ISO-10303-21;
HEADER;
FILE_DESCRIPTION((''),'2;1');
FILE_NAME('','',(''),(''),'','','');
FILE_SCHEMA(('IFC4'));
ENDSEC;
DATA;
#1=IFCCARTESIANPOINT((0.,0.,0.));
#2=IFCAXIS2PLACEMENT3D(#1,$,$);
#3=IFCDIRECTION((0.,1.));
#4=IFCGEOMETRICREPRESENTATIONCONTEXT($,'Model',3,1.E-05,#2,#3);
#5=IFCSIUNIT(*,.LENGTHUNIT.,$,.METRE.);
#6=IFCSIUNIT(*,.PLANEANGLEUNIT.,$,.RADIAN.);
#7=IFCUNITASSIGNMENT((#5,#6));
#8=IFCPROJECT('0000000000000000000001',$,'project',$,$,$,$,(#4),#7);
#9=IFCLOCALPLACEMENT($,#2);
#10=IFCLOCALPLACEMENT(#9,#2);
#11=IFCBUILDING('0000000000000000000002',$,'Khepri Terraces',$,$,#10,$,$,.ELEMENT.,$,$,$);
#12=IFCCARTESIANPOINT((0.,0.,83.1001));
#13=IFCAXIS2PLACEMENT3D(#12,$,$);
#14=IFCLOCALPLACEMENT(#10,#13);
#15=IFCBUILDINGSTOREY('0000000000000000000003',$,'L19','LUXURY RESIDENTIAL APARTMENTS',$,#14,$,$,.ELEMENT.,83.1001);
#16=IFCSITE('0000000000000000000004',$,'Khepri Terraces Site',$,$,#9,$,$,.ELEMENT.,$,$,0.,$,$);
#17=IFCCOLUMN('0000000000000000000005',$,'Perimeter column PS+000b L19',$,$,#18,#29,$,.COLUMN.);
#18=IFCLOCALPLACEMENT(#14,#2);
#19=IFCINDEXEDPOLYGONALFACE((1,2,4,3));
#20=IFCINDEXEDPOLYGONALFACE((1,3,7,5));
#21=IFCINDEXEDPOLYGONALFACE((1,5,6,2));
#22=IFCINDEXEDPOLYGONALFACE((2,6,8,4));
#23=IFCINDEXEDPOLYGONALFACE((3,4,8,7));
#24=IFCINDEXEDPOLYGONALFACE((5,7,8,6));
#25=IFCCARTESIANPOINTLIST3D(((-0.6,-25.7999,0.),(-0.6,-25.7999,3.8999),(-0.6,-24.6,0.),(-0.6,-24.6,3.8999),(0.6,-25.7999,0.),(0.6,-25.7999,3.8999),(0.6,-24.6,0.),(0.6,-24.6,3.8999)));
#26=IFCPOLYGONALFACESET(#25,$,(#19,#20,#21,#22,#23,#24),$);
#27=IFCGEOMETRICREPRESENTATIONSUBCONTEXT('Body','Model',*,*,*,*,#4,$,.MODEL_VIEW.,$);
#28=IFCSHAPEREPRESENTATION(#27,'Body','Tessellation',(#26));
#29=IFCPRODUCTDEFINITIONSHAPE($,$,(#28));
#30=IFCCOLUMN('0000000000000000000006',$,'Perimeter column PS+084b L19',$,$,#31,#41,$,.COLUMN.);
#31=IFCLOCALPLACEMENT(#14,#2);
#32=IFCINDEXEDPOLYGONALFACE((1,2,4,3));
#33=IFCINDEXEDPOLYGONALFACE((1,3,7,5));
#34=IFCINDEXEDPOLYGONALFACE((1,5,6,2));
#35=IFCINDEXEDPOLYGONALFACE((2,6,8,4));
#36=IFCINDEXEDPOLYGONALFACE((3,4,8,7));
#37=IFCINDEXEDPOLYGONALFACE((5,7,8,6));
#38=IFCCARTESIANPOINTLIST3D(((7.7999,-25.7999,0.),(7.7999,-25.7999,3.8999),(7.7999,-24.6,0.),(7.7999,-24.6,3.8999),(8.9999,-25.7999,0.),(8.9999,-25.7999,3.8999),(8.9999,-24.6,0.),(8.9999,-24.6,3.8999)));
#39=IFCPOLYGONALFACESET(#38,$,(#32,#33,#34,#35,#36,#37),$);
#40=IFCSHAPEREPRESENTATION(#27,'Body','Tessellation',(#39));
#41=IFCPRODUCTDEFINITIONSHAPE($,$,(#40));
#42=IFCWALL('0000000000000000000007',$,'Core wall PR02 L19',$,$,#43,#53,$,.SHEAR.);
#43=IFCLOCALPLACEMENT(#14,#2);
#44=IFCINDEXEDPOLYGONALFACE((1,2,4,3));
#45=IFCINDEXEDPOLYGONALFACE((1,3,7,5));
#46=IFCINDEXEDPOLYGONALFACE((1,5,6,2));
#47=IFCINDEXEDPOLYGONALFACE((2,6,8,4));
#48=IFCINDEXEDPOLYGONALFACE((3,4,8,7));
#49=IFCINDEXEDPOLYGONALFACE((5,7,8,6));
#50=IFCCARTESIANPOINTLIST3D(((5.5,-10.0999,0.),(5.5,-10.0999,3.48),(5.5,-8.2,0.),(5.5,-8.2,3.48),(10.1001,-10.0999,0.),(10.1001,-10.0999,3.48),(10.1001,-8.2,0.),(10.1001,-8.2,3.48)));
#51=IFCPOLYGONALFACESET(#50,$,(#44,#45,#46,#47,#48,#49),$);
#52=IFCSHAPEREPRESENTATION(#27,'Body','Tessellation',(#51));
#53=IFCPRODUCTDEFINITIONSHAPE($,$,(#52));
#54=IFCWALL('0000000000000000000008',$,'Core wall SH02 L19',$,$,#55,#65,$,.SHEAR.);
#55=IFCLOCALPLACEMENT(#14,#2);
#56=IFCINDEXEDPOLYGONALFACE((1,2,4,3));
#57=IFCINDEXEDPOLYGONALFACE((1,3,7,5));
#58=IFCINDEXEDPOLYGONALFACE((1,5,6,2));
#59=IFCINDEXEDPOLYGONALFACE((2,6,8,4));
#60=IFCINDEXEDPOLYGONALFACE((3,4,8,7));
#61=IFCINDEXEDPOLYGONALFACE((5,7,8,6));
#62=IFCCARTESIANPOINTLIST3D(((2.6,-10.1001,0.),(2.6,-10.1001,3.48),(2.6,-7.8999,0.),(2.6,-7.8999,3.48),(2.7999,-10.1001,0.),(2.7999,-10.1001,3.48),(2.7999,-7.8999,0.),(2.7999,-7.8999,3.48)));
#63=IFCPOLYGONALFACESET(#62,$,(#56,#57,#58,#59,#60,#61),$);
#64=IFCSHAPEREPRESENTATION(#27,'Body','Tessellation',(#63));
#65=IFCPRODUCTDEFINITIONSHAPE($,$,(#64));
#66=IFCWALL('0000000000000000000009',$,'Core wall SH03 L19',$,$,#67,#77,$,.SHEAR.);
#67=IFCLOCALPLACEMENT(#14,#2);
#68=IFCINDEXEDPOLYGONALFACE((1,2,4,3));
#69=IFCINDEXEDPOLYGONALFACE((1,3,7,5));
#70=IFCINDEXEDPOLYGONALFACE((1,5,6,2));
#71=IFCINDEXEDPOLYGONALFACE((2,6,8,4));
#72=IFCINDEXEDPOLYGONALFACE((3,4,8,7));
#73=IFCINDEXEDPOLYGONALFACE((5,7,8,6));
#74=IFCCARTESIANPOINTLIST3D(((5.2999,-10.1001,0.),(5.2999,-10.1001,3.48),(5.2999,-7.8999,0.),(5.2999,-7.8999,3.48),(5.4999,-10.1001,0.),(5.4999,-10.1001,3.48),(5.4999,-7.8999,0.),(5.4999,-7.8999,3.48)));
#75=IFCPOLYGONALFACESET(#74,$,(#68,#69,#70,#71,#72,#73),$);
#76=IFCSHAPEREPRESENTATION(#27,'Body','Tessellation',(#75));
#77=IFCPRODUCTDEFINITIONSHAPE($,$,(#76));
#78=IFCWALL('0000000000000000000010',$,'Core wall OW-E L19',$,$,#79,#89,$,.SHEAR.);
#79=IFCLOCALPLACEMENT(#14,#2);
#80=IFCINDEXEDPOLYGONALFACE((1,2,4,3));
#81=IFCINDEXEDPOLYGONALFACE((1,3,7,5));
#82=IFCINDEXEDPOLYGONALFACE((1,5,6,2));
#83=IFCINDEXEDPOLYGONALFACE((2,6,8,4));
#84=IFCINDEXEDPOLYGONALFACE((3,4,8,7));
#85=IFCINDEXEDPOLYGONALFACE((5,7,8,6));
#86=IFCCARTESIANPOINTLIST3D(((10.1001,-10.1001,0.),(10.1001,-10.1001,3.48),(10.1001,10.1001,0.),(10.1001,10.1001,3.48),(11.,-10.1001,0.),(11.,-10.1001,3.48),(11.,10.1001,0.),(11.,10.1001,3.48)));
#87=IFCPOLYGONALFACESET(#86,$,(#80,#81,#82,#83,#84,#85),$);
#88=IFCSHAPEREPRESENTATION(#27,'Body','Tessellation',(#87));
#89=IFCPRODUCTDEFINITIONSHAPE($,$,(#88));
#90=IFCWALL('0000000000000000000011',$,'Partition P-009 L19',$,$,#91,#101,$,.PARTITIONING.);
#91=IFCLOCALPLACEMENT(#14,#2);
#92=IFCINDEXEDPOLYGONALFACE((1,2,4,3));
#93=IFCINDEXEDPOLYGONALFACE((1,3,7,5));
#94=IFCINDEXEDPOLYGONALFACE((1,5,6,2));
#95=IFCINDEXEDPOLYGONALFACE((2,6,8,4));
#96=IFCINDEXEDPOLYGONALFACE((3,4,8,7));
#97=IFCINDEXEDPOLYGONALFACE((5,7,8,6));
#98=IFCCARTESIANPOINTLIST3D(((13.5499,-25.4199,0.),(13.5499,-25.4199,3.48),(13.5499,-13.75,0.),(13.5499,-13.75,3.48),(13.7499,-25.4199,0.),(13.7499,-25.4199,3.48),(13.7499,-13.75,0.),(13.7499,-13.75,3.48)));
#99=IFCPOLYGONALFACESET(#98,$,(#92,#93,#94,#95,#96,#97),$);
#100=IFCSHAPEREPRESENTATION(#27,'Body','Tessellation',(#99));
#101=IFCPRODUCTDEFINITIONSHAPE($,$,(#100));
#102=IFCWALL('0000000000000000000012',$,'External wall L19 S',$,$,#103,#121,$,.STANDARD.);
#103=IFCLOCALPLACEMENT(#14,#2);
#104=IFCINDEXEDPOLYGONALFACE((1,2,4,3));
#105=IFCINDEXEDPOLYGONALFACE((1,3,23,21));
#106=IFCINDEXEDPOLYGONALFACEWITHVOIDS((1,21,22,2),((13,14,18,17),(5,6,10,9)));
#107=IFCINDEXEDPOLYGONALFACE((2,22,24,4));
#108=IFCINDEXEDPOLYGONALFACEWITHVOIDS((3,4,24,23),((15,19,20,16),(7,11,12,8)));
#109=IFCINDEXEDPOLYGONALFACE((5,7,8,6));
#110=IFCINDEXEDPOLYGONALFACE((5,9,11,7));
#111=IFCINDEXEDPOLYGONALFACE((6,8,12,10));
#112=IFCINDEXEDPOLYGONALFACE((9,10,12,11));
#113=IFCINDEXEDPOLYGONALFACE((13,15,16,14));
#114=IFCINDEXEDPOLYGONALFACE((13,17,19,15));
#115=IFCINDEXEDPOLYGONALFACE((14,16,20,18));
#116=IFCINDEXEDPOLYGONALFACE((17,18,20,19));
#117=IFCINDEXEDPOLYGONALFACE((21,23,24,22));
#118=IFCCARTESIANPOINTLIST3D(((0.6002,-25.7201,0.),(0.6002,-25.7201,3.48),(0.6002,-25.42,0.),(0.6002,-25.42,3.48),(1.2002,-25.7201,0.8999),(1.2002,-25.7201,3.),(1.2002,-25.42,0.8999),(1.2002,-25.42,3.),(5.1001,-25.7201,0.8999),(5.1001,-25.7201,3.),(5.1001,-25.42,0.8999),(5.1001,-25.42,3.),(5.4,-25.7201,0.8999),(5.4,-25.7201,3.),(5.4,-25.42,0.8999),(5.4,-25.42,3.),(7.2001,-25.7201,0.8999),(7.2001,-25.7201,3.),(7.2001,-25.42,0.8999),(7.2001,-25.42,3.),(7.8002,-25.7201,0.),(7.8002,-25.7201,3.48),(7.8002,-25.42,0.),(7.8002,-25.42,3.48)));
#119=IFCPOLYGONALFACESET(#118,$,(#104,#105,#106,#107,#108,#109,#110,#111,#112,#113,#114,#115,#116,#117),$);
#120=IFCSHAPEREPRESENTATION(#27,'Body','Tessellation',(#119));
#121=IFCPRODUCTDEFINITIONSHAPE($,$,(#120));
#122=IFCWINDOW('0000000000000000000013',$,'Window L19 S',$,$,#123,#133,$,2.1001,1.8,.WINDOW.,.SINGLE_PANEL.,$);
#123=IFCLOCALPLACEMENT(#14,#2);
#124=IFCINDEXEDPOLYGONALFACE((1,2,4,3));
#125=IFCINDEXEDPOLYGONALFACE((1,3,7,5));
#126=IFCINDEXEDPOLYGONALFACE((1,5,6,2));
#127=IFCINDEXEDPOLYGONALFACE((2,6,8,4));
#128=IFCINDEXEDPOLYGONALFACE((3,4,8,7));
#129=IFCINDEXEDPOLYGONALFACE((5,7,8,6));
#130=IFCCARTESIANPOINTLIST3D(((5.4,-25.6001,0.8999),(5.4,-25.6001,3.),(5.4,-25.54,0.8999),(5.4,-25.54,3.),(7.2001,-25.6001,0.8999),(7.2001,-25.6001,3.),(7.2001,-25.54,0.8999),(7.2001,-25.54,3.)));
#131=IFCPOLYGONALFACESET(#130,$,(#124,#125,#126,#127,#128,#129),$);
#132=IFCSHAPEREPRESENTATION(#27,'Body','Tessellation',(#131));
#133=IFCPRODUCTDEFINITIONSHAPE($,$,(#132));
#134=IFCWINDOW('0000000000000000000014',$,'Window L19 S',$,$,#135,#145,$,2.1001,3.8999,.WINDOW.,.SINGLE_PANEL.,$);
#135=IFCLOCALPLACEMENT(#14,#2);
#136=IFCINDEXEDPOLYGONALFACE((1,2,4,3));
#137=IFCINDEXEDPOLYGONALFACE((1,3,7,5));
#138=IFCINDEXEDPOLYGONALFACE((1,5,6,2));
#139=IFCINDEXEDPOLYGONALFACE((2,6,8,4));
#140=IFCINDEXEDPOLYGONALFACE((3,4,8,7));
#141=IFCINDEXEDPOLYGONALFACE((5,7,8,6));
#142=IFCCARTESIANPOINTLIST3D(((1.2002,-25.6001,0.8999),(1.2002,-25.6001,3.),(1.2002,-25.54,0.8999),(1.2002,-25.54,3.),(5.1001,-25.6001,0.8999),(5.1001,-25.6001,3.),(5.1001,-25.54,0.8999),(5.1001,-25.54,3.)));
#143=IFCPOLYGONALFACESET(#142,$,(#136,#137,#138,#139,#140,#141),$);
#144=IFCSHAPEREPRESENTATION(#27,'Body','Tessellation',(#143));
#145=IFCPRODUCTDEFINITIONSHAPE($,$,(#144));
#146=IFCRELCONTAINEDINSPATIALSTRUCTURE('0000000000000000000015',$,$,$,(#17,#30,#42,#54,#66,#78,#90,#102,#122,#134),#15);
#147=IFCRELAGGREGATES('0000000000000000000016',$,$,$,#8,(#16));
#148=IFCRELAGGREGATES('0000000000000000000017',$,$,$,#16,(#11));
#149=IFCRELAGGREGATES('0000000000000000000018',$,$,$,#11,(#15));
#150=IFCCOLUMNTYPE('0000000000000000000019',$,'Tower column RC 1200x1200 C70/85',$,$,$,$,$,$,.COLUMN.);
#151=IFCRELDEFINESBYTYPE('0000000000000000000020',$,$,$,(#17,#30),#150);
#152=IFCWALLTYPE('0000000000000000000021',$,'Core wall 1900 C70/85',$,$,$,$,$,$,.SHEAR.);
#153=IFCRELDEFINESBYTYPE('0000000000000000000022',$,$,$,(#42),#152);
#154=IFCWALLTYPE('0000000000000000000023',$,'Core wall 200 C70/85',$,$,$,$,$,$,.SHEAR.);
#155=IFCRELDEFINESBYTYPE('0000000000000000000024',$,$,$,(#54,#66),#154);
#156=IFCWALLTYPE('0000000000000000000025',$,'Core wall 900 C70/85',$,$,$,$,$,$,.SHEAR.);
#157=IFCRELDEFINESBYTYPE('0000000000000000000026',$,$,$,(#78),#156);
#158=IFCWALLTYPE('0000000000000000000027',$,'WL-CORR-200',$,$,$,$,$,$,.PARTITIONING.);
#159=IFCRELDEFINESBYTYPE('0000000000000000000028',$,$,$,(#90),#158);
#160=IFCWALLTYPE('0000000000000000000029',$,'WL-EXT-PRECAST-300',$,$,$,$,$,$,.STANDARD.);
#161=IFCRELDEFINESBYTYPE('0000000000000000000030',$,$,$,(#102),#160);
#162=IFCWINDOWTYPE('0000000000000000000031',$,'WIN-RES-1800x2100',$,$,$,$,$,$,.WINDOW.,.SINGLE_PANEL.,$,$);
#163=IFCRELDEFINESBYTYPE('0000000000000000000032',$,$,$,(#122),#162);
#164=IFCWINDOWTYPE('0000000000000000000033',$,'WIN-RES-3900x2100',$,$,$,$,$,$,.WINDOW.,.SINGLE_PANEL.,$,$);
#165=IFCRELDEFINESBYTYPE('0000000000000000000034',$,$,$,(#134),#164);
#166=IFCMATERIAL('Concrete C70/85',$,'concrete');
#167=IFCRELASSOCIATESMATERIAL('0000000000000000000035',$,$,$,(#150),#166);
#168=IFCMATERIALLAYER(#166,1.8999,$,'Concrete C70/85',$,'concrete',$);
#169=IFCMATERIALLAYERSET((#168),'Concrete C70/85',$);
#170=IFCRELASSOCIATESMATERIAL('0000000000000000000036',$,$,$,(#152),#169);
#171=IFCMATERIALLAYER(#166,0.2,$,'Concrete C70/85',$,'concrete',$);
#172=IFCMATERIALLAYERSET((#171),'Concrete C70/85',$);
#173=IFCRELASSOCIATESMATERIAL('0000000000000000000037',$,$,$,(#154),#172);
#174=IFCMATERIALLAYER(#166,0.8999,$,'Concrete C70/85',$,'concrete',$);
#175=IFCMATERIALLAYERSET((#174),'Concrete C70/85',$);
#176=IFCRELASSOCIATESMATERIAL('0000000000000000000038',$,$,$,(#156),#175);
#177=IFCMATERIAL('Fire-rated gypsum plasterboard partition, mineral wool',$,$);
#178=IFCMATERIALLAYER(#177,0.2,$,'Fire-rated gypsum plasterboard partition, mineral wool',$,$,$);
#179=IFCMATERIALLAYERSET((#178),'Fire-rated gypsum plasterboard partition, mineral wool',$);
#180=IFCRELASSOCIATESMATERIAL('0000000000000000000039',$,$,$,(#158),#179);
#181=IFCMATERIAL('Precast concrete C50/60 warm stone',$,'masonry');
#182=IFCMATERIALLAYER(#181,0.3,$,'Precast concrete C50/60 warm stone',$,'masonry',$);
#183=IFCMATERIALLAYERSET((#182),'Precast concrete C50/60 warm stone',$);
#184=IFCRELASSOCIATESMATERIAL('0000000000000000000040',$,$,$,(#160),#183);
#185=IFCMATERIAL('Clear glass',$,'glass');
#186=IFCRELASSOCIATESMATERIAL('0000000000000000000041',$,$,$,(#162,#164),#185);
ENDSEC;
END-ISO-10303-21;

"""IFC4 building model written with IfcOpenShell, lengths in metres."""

from ifc_helpers import new_model, si_unit, direction, frame, frame_2d, origin, origin_2d, place, context, subcontext, project, spatial, rectangle, extrude, material, layer, layer_set, material_profile, profile_set, type_object, element, fill, save


model = new_model("IFC4")

# Units and contexts
model_context = context("Model", 3, precision=1e-05, world=origin(), true_north=direction((0.0, 1.0)))
body_context = subcontext(model_context, "Body", "Model", "MODEL_VIEW")
ifc_project = project(units=[si_unit("LENGTHUNIT", "METRE"), si_unit("PLANEANGLEUNIT", "RADIAN")], contexts=[model_context])

# Site, building, storey
site_placement = place(None, origin())
site = spatial("IfcSite", under=ifc_project, at=site_placement, Name="Khepri Terraces Site", CompositionType="ELEMENT", RefElevation=0.0)
building_placement = place(site_placement, origin())
building = spatial("IfcBuilding", under=site, at=building_placement, Name="Khepri Terraces", CompositionType="ELEMENT")
storey_placement = place(building_placement, frame((0.0, 0.0, 83.1001)))
storey = spatial("IfcBuildingStorey", under=building, at=storey_placement, Name="L19", Description="LUXURY RESIDENTIAL APARTMENTS", CompositionType="ELEMENT", Elevation=83.1001)

# Columns
ifc_material_1 = material(Name="Concrete C70/85", Category="concrete")
ifc_material_profile = material_profile(ifc_material_1, rectangle(XDim=1.2, YDim=1.2, at=origin_2d()), Name="Concrete C70/85", Category="concrete")
ifc_profile_set = profile_set([ifc_material_profile], Name="Concrete C70/85")
column_type = type_object("IfcColumnType", Name="Tower column RC 1200x1200 C70/85", PredefinedType="COLUMN", material=ifc_profile_set)
for number, where, z_axis, x_axis, name in (
    (1, (0.0, -25.2, 0.0), (0.0, 0.0, 1.0), (1.0, 0.0, 0.0), "Perimeter column PS+000b L19"),
    (2, (8.3999, -25.2, 0.0), (0.0, 0.0, 1.0), (1.0, 0.0, 0.0), "Perimeter column PS+084b L19"),
):
    element("IfcColumn", number, at=place(storey_placement, frame(where, z_axis=z_axis, x_axis=x_axis)), inside=storey, type_object=column_type, Name=name, PredefinedType="COLUMN", context=body_context, shape_type="SweptSolid", body=[
        extrude(rectangle(XDim=1.2, YDim=1.2, at=origin_2d()), origin(), (0.0, 0.0, 1.0), 3.8999),
    ])

# Walls
ifc_layer_1 = layer(ifc_material_1, 1.8999, Name="Concrete C70/85", Category="concrete")
ifc_layer_set_1 = layer_set([ifc_layer_1], Name="Concrete C70/85")
wall_type_1 = type_object("IfcWallType", Name="Core wall 1900 C70/85", PredefinedType="SHEAR", material=ifc_layer_set_1)
wall_1_placement = place(storey_placement, frame((5.5, -9.1499, 0.0), z_axis=(0.0, 0.0, 1.0), x_axis=(1.0, 0.0, 0.0)))
element("IfcWall", 3, at=wall_1_placement, inside=storey, type_object=wall_type_1, Name="Core wall PR02 L19", PredefinedType="SHEAR", context=body_context, shape_type="SweptSolid", body=[
    extrude(rectangle(XDim=4.6001, YDim=1.8999, at=frame_2d((2.3, 0.0))), origin(), (0.0, 0.0, 1.0), 3.48),
])
ifc_layer_2 = layer(ifc_material_1, 0.2, Name="Concrete C70/85", Category="concrete")
ifc_layer_set_2 = layer_set([ifc_layer_2], Name="Concrete C70/85")
wall_type_2 = type_object("IfcWallType", Name="Core wall 200 C70/85", PredefinedType="SHEAR", material=ifc_layer_set_2)
for number, where, z_axis, x_axis, name in (
    (4, (2.7, -10.1001, 0.0), (0.0, 0.0, 1.0), (0.0, 1.0, 0.0), "Core wall SH02 L19"),
    (5, (5.3999, -10.1001, 0.0), (0.0, 0.0, 1.0), (0.0, 1.0, 0.0), "Core wall SH03 L19"),
):
    element("IfcWall", number, at=place(storey_placement, frame(where, z_axis=z_axis, x_axis=x_axis)), inside=storey, type_object=wall_type_2, Name=name, PredefinedType="SHEAR", context=body_context, shape_type="SweptSolid", body=[
        extrude(rectangle(XDim=2.2002, YDim=0.2, at=frame_2d((1.1001, 0.0))), origin(), (0.0, 0.0, 1.0), 3.48),
    ])
ifc_layer_3 = layer(ifc_material_1, 0.8999, Name="Concrete C70/85", Category="concrete")
ifc_layer_set_3 = layer_set([ifc_layer_3], Name="Concrete C70/85")
wall_type_3 = type_object("IfcWallType", Name="Core wall 900 C70/85", PredefinedType="SHEAR", material=ifc_layer_set_3)
wall_2_placement = place(storey_placement, frame((10.55, -10.1001, 0.0), z_axis=(0.0, 0.0, 1.0), x_axis=(0.0, 1.0, 0.0)))
element("IfcWall", 6, at=wall_2_placement, inside=storey, type_object=wall_type_3, Name="Core wall OW-E L19", PredefinedType="SHEAR", context=body_context, shape_type="SweptSolid", body=[
    extrude(rectangle(XDim=20.2002, YDim=0.8999, at=frame_2d((10.1001, 0.0))), origin(), (0.0, 0.0, 1.0), 3.48),
])
ifc_material_2 = material(Name="Fire-rated gypsum plasterboard partition, mineral wool")
ifc_layer_4 = layer(ifc_material_2, 0.2, Name="Fire-rated gypsum plasterboard partition, mineral wool")
ifc_layer_set_4 = layer_set([ifc_layer_4], Name="Fire-rated gypsum plasterboard partition, mineral wool")
wall_type_4 = type_object("IfcWallType", Name="WL-CORR-200", PredefinedType="PARTITIONING", material=ifc_layer_set_4)
wall_3_placement = place(storey_placement, frame((13.6499, -25.4199, 0.0), z_axis=(0.0, 0.0, 1.0), x_axis=(0.0, 1.0, 0.0)))
element("IfcWall", 7, at=wall_3_placement, inside=storey, type_object=wall_type_4, Name="Partition P-009 L19", PredefinedType="PARTITIONING", context=body_context, shape_type="SweptSolid", body=[
    extrude(rectangle(XDim=11.6699, YDim=0.2, at=frame_2d((5.835, 0.0))), origin(), (0.0, 0.0, 1.0), 3.48),
])

# Wall, openings, windows
ifc_material_3 = material(Name="Precast concrete C50/60 warm stone", Category="masonry")
ifc_layer_5 = layer(ifc_material_3, 0.3, Name="Precast concrete C50/60 warm stone", Category="masonry")
ifc_layer_set_5 = layer_set([ifc_layer_5], Name="Precast concrete C50/60 warm stone")
wall_type_5 = type_object("IfcWallType", Name="WL-EXT-PRECAST-300", PredefinedType="STANDARD", material=ifc_layer_set_5)
wall_4_placement = place(storey_placement, frame((0.6001, -25.5701, 0.0), z_axis=(0.0, 0.0, 1.0), x_axis=(1.0, 0.0, 0.0)))
wall_4 = element("IfcWall", 8, at=wall_4_placement, inside=storey, type_object=wall_type_5, Name="External wall L19 S", PredefinedType="STANDARD", context=body_context, shape_type="SweptSolid", body=[
    extrude(rectangle(XDim=7.2, YDim=0.3, at=frame_2d((3.6001, 0.0))), origin(), (0.0, 0.0, 1.0), 3.48),
])
opening_1_placement = place(wall_4_placement, frame((0.6001, 0.0, 0.8999)))
opening_1 = element("IfcOpeningElement", 9, at=opening_1_placement, cuts=wall_4, PredefinedType="OPENING", context=body_context, shape_type="SweptSolid", body=[
    extrude(rectangle(XDim=3.8999, YDim=2.1001, at=frame_2d((1.95, 1.05))), frame((0.0, 0.1602, 0.0), z_axis=(0.0, -1.0, 0.0), x_axis=(1.0, 0.0, 0.0)), (0.0, 0.0, 1.0), 0.3201),
])
opening_2_placement = place(wall_4_placement, frame((4.8, 0.0, 0.8999)))
opening_2 = element("IfcOpeningElement", 10, at=opening_2_placement, cuts=wall_4, PredefinedType="OPENING", context=body_context, shape_type="SweptSolid", body=[
    extrude(rectangle(XDim=1.8, YDim=2.1001, at=frame_2d((0.8999, 1.05))), frame((0.0, 0.1602, 0.0), z_axis=(0.0, -1.0, 0.0), x_axis=(1.0, 0.0, 0.0)), (0.0, 0.0, 1.0), 0.3201),
])
ifc_material_4 = material(Name="Clear glass", Category="glass")
window_type_1 = type_object("IfcWindowType", Name="WIN-RES-1800x2100", PartitioningType="SINGLE_PANEL", PredefinedType="WINDOW", material=ifc_material_4)
window_1_placement = place(opening_2_placement, origin())
window_1 = element("IfcWindow", 11, at=window_1_placement, inside=storey, type_object=window_type_1, Name="Window L19 S", OverallHeight=2.1001, OverallWidth=1.8, PartitioningType="SINGLE_PANEL", PredefinedType="WINDOW", context=body_context, shape_type="SweptSolid", body=[
    extrude(rectangle(XDim=1.8, YDim=2.1001, at=frame_2d((0.8999, 1.05))), frame((0.0, 0.03, 0.0), z_axis=(0.0, -1.0, 0.0), x_axis=(1.0, 0.0, 0.0)), (0.0, 0.0, 1.0), 0.0601),
])
fill(opening_2, window_1)
window_type_2 = type_object("IfcWindowType", Name="WIN-RES-3900x2100", PartitioningType="SINGLE_PANEL", PredefinedType="WINDOW", material=ifc_material_4)
window_2_placement = place(opening_1_placement, origin())
window_2 = element("IfcWindow", 12, at=window_2_placement, inside=storey, type_object=window_type_2, Name="Window L19 S", OverallHeight=2.1001, OverallWidth=3.8999, PartitioningType="SINGLE_PANEL", PredefinedType="WINDOW", context=body_context, shape_type="SweptSolid", body=[
    extrude(rectangle(XDim=3.8999, YDim=2.1001, at=frame_2d((1.95, 1.05))), frame((0.0, 0.03, 0.0), z_axis=(0.0, -1.0, 0.0), x_axis=(1.0, 0.0, 0.0)), (0.0, 0.0, 1.0), 0.0601),
])
fill(opening_1, window_2)

save(model, "model.ifc")
